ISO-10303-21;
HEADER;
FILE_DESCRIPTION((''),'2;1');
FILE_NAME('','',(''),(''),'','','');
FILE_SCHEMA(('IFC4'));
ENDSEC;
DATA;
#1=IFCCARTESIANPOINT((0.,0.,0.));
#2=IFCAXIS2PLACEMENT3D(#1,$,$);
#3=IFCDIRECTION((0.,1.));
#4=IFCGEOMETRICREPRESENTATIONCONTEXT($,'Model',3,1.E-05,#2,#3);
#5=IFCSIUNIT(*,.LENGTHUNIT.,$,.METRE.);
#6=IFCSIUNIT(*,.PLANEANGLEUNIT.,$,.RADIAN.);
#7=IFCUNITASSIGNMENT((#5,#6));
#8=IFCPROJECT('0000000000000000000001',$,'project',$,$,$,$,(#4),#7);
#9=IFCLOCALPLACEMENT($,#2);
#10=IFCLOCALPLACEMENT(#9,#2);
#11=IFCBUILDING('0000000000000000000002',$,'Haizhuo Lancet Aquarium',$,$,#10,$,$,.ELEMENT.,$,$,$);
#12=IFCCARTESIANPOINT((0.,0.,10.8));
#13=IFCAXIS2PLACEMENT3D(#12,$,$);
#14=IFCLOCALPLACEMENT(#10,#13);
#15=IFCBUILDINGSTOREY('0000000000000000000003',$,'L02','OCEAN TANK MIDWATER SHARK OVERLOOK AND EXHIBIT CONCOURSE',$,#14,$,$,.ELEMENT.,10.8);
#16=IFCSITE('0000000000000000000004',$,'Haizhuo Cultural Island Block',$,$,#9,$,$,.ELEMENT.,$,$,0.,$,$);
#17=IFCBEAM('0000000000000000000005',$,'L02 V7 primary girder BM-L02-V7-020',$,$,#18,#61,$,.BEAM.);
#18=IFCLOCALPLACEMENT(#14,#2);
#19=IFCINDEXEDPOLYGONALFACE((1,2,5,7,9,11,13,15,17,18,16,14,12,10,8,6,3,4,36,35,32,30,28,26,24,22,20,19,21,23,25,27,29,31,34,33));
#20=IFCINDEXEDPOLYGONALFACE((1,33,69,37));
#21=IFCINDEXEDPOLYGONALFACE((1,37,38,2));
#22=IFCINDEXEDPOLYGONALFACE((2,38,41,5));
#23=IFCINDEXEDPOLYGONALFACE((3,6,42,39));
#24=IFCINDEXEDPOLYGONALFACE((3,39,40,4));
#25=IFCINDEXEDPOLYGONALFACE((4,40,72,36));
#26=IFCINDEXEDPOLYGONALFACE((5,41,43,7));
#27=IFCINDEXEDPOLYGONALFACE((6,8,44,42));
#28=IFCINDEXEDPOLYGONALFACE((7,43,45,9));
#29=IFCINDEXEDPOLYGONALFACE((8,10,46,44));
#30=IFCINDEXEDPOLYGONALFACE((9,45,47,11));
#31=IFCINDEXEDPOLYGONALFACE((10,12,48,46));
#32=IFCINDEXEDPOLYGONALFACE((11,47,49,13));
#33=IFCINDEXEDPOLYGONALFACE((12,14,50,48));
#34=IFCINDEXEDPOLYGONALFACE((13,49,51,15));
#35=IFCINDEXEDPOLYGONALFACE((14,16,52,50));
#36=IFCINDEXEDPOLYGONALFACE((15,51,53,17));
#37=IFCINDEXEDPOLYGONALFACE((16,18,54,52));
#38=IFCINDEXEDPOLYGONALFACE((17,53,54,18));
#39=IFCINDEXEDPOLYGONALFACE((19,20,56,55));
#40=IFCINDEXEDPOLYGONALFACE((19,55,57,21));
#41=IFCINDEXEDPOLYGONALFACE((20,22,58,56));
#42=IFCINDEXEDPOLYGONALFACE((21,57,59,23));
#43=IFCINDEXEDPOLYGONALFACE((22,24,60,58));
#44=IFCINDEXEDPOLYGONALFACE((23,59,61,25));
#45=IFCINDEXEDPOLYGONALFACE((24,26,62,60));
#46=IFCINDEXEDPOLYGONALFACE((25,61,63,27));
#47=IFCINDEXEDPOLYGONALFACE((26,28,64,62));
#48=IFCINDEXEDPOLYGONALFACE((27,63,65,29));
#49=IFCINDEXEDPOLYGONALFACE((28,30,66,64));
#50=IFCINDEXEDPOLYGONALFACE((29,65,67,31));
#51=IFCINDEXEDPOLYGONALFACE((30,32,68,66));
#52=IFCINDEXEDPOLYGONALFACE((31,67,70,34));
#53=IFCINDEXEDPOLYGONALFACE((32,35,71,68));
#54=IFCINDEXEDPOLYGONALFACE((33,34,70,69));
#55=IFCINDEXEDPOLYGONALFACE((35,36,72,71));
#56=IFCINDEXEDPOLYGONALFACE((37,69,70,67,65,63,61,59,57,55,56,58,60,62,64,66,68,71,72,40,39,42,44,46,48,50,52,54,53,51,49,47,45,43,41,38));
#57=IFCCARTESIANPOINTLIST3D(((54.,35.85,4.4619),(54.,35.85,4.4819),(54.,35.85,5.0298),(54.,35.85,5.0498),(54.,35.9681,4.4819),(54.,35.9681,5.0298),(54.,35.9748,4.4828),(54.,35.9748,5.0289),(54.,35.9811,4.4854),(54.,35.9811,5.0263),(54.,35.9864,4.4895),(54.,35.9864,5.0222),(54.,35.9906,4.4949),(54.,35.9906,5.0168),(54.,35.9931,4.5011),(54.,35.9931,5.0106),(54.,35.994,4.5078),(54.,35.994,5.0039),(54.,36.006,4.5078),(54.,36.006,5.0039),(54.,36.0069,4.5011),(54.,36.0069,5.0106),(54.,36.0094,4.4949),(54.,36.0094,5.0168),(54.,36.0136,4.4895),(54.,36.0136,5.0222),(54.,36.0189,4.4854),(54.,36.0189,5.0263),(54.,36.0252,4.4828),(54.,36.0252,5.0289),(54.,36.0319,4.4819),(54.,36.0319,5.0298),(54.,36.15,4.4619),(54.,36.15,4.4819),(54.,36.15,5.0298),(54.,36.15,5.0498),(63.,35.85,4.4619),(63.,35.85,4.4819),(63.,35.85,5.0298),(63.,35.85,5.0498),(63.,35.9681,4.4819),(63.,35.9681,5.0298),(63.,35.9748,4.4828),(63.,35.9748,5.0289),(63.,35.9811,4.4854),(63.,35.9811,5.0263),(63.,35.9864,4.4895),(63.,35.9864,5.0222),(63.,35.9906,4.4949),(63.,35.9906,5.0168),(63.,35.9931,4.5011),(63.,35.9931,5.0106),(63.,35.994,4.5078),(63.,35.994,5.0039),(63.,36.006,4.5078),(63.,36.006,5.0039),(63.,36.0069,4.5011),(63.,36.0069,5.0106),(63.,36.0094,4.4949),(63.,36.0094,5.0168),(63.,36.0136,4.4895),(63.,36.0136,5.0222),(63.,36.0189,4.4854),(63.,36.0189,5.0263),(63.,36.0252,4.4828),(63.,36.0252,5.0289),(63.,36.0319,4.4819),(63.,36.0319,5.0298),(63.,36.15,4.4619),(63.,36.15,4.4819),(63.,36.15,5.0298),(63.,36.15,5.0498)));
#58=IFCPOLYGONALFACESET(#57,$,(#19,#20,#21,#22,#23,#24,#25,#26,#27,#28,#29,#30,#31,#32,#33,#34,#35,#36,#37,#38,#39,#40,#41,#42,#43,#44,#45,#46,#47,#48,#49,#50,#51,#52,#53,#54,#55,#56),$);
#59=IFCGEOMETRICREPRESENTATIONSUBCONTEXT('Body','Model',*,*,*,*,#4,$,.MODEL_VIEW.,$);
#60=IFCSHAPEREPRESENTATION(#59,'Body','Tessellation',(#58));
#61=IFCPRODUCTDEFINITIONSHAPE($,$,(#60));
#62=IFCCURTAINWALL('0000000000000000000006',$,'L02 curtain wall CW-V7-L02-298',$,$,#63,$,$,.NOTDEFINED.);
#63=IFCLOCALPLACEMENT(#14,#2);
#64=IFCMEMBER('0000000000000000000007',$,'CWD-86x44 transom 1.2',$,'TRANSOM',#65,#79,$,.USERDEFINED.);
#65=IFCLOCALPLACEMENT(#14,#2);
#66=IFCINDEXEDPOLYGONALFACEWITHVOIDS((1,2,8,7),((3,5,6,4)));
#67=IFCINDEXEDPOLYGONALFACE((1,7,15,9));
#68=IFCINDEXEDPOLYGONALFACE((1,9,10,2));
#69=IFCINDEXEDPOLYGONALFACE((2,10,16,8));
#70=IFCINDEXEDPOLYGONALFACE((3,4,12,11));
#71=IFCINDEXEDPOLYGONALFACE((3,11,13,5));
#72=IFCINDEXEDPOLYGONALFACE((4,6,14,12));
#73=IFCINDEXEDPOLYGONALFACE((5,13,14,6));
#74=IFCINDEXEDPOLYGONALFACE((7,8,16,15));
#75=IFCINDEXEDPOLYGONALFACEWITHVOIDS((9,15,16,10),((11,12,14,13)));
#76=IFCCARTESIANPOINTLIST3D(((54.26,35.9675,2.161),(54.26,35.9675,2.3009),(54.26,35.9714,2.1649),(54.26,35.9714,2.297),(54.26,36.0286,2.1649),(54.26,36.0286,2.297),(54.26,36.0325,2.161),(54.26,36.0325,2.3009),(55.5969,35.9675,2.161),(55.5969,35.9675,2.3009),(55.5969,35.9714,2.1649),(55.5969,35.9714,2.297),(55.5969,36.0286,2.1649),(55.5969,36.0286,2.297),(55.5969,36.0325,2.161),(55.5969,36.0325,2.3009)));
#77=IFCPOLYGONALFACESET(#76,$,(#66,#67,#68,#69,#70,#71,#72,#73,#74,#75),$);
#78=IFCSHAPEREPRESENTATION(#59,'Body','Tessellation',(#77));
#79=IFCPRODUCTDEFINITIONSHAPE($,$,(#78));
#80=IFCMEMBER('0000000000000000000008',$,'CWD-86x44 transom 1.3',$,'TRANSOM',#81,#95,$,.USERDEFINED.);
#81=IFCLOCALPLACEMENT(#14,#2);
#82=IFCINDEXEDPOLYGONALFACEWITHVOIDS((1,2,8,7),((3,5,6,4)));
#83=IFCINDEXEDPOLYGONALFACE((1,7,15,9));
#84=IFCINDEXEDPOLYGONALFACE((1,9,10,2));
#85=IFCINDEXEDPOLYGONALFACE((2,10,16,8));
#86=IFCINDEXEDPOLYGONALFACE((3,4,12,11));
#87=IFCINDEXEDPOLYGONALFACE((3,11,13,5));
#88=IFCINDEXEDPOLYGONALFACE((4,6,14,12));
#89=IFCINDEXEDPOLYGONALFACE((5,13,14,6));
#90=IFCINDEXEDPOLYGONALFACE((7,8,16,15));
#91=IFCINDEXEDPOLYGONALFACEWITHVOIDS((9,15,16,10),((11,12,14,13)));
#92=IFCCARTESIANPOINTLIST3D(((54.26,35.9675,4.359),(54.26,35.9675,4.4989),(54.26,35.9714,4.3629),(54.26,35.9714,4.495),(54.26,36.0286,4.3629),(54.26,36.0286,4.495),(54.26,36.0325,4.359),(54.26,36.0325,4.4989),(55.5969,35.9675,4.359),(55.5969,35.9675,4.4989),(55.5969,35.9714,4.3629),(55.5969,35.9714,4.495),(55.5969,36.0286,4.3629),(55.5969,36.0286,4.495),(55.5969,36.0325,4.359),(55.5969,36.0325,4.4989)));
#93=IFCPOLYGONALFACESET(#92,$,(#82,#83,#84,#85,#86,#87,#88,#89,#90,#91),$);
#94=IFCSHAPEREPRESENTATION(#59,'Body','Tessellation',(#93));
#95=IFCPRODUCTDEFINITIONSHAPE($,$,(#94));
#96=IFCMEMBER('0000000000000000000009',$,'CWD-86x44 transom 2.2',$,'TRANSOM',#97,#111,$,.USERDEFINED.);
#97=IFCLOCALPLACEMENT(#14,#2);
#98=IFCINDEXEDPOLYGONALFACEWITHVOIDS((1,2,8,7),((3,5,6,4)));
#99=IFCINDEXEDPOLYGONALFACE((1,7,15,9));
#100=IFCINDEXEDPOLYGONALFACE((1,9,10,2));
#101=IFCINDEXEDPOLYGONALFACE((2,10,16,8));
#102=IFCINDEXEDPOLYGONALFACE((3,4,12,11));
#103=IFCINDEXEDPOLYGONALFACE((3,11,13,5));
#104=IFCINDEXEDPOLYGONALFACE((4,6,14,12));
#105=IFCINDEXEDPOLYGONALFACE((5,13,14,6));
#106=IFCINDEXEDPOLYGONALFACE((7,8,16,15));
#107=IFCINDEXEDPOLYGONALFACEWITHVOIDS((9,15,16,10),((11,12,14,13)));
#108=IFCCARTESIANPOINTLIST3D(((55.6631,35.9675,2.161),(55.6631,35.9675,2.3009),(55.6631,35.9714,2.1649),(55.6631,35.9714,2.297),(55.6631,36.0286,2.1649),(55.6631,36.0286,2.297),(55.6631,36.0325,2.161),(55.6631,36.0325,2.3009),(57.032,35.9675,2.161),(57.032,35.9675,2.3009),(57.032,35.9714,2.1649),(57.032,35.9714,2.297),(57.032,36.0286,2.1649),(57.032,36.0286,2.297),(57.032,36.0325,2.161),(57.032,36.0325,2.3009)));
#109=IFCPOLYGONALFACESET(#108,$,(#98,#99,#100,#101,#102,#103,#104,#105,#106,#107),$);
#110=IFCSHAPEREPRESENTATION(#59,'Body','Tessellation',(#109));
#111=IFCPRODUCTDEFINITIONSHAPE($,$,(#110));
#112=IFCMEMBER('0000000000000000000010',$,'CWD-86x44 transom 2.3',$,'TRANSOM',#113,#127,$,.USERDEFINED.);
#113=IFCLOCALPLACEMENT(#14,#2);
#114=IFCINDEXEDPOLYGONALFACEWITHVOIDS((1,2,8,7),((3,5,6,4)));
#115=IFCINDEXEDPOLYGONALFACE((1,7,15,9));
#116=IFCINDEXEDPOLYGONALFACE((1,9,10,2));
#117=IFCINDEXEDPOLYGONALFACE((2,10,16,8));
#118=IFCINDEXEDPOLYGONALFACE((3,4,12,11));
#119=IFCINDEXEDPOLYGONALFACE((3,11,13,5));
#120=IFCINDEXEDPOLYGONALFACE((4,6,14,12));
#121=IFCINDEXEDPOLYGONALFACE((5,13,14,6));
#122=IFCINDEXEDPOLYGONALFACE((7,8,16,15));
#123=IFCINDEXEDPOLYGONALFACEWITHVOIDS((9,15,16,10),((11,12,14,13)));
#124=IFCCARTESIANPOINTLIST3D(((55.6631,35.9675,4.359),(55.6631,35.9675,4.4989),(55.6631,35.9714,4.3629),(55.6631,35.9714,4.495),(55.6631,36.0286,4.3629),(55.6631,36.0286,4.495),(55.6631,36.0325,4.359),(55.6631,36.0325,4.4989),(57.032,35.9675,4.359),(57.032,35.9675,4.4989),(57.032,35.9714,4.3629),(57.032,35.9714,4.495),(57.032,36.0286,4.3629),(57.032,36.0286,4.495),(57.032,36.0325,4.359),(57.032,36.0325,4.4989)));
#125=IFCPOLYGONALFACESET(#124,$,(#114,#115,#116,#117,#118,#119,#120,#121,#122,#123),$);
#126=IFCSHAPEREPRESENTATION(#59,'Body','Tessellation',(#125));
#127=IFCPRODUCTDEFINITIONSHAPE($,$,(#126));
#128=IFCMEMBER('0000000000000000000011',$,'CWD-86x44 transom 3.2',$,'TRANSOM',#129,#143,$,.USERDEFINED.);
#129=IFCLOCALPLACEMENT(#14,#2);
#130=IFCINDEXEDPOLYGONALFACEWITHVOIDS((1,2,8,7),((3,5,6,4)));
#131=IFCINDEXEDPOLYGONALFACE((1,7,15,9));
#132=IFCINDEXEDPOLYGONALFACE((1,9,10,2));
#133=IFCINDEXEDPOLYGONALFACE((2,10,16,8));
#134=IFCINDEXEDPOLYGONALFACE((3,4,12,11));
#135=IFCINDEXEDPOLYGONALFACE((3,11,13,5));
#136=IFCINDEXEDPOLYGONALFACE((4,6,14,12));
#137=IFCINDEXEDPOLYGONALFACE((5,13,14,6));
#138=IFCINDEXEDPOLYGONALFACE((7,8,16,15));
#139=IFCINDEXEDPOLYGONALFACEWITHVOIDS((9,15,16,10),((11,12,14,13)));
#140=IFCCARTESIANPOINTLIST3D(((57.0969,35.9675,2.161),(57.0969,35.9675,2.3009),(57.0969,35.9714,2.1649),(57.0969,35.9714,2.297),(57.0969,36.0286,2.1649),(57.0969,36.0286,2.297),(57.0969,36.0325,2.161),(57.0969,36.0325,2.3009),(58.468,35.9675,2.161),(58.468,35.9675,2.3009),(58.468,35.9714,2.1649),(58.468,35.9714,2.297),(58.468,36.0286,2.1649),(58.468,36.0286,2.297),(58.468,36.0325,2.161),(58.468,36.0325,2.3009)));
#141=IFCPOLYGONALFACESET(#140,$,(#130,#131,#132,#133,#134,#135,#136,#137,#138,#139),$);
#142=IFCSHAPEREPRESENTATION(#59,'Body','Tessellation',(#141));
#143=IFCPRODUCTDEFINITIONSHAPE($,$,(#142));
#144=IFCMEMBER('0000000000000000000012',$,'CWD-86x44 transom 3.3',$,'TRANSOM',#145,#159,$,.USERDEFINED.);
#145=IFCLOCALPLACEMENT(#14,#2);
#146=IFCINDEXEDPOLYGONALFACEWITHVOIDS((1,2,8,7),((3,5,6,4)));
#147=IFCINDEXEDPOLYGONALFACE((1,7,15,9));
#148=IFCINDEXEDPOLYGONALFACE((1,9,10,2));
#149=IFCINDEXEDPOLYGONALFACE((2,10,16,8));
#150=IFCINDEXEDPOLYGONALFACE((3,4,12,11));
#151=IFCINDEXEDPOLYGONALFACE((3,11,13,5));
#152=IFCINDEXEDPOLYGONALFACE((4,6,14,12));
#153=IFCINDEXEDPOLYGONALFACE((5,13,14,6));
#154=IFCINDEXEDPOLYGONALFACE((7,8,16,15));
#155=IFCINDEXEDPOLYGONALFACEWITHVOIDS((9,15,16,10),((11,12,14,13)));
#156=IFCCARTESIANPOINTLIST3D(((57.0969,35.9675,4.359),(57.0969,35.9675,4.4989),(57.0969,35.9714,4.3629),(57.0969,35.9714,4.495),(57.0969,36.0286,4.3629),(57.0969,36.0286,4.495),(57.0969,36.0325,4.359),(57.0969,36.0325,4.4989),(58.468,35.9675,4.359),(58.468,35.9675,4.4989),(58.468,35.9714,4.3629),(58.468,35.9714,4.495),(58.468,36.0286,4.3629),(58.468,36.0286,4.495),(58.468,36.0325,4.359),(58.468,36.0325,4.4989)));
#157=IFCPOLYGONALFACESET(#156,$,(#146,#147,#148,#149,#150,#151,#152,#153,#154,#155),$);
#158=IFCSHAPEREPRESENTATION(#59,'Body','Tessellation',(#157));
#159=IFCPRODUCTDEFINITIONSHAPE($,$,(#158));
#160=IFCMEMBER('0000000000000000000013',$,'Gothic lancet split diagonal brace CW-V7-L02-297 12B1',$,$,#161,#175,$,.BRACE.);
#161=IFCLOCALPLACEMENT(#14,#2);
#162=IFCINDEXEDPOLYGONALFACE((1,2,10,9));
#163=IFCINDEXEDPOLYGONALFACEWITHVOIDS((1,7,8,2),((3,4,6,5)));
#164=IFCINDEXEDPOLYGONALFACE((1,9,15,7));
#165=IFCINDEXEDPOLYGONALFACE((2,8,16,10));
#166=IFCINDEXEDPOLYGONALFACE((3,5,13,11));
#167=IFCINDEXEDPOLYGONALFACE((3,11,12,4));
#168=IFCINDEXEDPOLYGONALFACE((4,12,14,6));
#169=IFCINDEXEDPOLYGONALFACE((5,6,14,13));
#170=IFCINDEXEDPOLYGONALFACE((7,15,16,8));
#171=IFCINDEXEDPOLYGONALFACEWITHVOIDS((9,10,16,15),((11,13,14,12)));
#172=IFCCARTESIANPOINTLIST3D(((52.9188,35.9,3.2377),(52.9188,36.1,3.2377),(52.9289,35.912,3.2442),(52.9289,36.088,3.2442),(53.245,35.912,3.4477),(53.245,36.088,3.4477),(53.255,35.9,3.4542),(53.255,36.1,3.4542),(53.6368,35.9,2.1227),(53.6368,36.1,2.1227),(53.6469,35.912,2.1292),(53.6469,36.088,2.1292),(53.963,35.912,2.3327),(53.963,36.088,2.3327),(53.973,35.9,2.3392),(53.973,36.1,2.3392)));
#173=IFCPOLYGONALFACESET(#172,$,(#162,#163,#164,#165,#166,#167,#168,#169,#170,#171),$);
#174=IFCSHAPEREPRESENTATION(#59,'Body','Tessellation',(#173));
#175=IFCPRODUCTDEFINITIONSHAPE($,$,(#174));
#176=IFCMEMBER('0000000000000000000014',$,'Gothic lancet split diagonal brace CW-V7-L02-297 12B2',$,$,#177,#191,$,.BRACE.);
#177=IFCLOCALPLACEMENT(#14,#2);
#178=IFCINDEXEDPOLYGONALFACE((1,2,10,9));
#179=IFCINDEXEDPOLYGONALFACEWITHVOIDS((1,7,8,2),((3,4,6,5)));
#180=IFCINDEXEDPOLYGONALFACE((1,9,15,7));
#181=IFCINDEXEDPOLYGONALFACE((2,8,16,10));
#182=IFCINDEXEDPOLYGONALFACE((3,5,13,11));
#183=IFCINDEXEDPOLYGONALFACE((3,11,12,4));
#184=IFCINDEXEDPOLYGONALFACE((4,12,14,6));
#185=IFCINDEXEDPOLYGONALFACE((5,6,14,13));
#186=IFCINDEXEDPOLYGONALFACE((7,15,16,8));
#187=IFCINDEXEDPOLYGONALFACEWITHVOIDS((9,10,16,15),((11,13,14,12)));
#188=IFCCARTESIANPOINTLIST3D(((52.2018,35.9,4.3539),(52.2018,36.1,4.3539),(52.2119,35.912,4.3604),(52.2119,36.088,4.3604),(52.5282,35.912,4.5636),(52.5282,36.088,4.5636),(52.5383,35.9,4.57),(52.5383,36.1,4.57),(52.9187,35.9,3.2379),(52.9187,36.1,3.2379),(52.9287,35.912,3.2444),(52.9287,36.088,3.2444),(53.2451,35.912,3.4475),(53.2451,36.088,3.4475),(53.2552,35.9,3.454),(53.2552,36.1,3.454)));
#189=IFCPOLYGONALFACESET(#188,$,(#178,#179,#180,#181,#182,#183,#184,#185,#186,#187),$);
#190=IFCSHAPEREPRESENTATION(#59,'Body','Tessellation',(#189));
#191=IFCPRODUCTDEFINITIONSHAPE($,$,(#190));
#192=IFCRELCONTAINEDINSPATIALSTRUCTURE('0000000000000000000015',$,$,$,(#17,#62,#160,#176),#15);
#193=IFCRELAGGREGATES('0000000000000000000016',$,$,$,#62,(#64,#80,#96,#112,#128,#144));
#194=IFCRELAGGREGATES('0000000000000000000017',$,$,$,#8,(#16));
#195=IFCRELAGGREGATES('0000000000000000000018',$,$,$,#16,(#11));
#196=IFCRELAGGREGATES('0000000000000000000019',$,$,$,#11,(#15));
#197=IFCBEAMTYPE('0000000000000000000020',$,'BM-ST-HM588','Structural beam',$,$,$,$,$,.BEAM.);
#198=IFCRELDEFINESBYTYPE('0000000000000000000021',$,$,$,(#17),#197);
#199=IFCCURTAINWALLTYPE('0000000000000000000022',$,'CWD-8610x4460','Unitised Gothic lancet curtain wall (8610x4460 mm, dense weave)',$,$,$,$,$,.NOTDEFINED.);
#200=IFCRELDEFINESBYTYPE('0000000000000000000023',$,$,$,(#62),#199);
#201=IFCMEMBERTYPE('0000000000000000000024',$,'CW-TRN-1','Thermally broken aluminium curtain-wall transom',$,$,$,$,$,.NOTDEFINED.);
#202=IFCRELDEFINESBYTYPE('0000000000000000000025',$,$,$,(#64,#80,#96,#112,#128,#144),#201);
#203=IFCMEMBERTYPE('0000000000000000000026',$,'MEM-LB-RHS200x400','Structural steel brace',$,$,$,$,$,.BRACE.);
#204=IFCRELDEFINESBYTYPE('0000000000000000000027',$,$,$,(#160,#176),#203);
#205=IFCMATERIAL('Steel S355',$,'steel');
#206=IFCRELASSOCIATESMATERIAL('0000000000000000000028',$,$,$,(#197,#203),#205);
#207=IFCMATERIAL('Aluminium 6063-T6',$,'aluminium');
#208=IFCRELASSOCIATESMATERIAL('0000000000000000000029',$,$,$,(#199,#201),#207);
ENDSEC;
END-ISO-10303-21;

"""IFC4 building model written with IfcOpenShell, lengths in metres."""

from ifc_helpers import new_model, si_unit, direction, frame, origin, origin_2d, place, context, subcontext, project, spatial, hollow_rectangle, i_section, extrude, material, material_profile, profile_set, type_object, element, aggregate, save


model = new_model("IFC4")

# Units and contexts
model_context = context("Model", 3, precision=1e-05, world=origin(), true_north=direction((0.0, 1.0)))
body_context = subcontext(model_context, "Body", "Model", "MODEL_VIEW")
ifc_project = project(units=[si_unit("LENGTHUNIT", "METRE"), si_unit("PLANEANGLEUNIT", "RADIAN")], contexts=[model_context])

# Site, building, storey
site_placement = place(None, origin())
site = spatial("IfcSite", under=ifc_project, at=site_placement, Name="Haizhuo Cultural Island Block", CompositionType="ELEMENT", RefElevation=0.0)
building_placement = place(site_placement, origin())
building = spatial("IfcBuilding", under=site, at=building_placement, Name="Haizhuo Lancet Aquarium", CompositionType="ELEMENT")
storey_placement = place(building_placement, frame((0.0, 0.0, 10.8)))
storey = spatial("IfcBuildingStorey", under=building, at=storey_placement, Name="L02", Description="OCEAN TANK MIDWATER SHARK OVERLOOK AND EXHIBIT CONCOURSE", CompositionType="ELEMENT", Elevation=10.8)

# Beam
ifc_material_1 = material(Name="Steel S355", Category="steel")
ifc_material_profile_1 = material_profile(ifc_material_1, i_section(OverallWidth=0.3, OverallDepth=0.5879, WebThickness=0.012, FlangeThickness=0.02, FilletRadius=0.0259, at=origin_2d()), Name="HM 588x300x12x20")
ifc_profile_set_1 = profile_set([ifc_material_profile_1], Name="Steel S355")
beam_type = type_object("IfcBeamType", Name="BM-ST-HM588", Description="Structural beam", PredefinedType="BEAM", material=ifc_profile_set_1)
beam_placement = place(storey_placement, frame((54.0, 36.0, 4.7559), z_axis=(1.0, 0.0, 0.0), x_axis=(0.0, 1.0, 0.0)))
element("IfcBeam", 1, at=beam_placement, inside=storey, type_object=beam_type, Name="L02 V7 primary girder BM-L02-V7-020", PredefinedType="BEAM", context=body_context, shape_type="SweptSolid", body=[
    extrude(i_section(OverallWidth=0.3, OverallDepth=0.5879, WebThickness=0.012, FlangeThickness=0.02, FilletRadius=0.0259, at=origin_2d()), origin(), (0.0, 0.0, 1.0), 9.0),
])

# Curtain wall, members
ifc_material_2 = material(Name="Aluminium 6063-T6", Category="aluminium")
curtain_wall_type = type_object("IfcCurtainWallType", Name="CWD-8610x4460", Description="Unitised Gothic lancet curtain wall (8610x4460 mm, dense weave)", PredefinedType="NOTDEFINED", material=ifc_material_2)
curtain_wall_1_placement = place(storey_placement, origin())
curtain_wall_1 = element("IfcCurtainWall", 2, at=curtain_wall_1_placement, inside=storey, type_object=curtain_wall_type, Name="L02 curtain wall CW-V7-L02-298", PredefinedType="NOTDEFINED")
ifc_material_profile_2 = material_profile(ifc_material_2, hollow_rectangle(XDim=0.0649, YDim=0.1399, WallThickness=0.0039, at=origin_2d()), Name="ALU-T 65x140x4")
ifc_profile_set_2 = profile_set([ifc_material_profile_2], Name="Aluminium 6063-T6")
member_type_1 = type_object("IfcMemberType", Name="CW-TRN-1", Description="Thermally broken aluminium curtain-wall transom", PredefinedType="NOTDEFINED", material=ifc_profile_set_2)
member_1_placement = place(storey_placement, frame((54.26, 36.0, 2.231), z_axis=(1.0, 0.0, 0.0), x_axis=(0.0, 1.0, 0.0)))
member_1 = element("IfcMember", 3, at=member_1_placement, type_object=member_type_1, Name="CWD-86x44 transom 1.2", ObjectType="TRANSOM", PredefinedType="USERDEFINED", context=body_context, shape_type="SweptSolid", body=[
    extrude(hollow_rectangle(XDim=0.0649, YDim=0.1399, WallThickness=0.0039, at=origin_2d()), origin(), (0.0, 0.0, 1.0), 1.3369),
])
member_2_placement = place(storey_placement, frame((54.26, 36.0, 4.429), z_axis=(1.0, 0.0, 0.0), x_axis=(0.0, 1.0, 0.0)))
member_2 = element("IfcMember", 4, at=member_2_placement, type_object=member_type_1, Name="CWD-86x44 transom 1.3", ObjectType="TRANSOM", PredefinedType="USERDEFINED", context=body_context, shape_type="SweptSolid", body=[
    extrude(hollow_rectangle(XDim=0.0649, YDim=0.1399, WallThickness=0.0039, at=origin_2d()), origin(), (0.0, 0.0, 1.0), 1.3369),
])
member_3_placement = place(storey_placement, frame((55.6631, 36.0, 2.231), z_axis=(1.0, 0.0, 0.0), x_axis=(0.0, 1.0, 0.0)))
member_3 = element("IfcMember", 5, at=member_3_placement, type_object=member_type_1, Name="CWD-86x44 transom 2.2", ObjectType="TRANSOM", PredefinedType="USERDEFINED", context=body_context, shape_type="SweptSolid", body=[
    extrude(hollow_rectangle(XDim=0.0649, YDim=0.1399, WallThickness=0.0039, at=origin_2d()), origin(), (0.0, 0.0, 1.0), 1.3689),
])
member_4_placement = place(storey_placement, frame((55.6631, 36.0, 4.429), z_axis=(1.0, 0.0, 0.0), x_axis=(0.0, 1.0, 0.0)))
member_4 = element("IfcMember", 6, at=member_4_placement, type_object=member_type_1, Name="CWD-86x44 transom 2.3", ObjectType="TRANSOM", PredefinedType="USERDEFINED", context=body_context, shape_type="SweptSolid", body=[
    extrude(hollow_rectangle(XDim=0.0649, YDim=0.1399, WallThickness=0.0039, at=origin_2d()), origin(), (0.0, 0.0, 1.0), 1.3689),
])
member_5_placement = place(storey_placement, frame((57.0969, 36.0, 2.231), z_axis=(1.0, 0.0, 0.0), x_axis=(0.0, 1.0, 0.0)))
member_5 = element("IfcMember", 7, at=member_5_placement, type_object=member_type_1, Name="CWD-86x44 transom 3.2", ObjectType="TRANSOM", PredefinedType="USERDEFINED", context=body_context, shape_type="SweptSolid", body=[
    extrude(hollow_rectangle(XDim=0.0649, YDim=0.1399, WallThickness=0.0039, at=origin_2d()), origin(), (0.0, 0.0, 1.0), 1.3711),
])
member_6_placement = place(storey_placement, frame((57.0969, 36.0, 4.429), z_axis=(1.0, 0.0, 0.0), x_axis=(0.0, 1.0, 0.0)))
member_6 = element("IfcMember", 8, at=member_6_placement, type_object=member_type_1, Name="CWD-86x44 transom 3.3", ObjectType="TRANSOM", PredefinedType="USERDEFINED", context=body_context, shape_type="SweptSolid", body=[
    extrude(hollow_rectangle(XDim=0.0649, YDim=0.1399, WallThickness=0.0039, at=origin_2d()), origin(), (0.0, 0.0, 1.0), 1.3711),
])

# Members
ifc_material_profile_3 = material_profile(ifc_material_1, hollow_rectangle(XDim=0.2, YDim=0.3999, WallThickness=0.012, at=origin_2d()), Name="RHS 200x400x12")
ifc_profile_set_3 = profile_set([ifc_material_profile_3], Name="Steel S355")
member_type_2 = type_object("IfcMemberType", Name="MEM-LB-RHS200x400", Description="Structural steel brace", PredefinedType="BRACE", material=ifc_profile_set_3)
member_7_placement = place(storey_placement, frame((53.8049, 36.0, 2.231), z_axis=(-0.541418, 0.0, 0.840754), x_axis=(0.0, -1.0, 0.0)))
element("IfcMember", 9, at=member_7_placement, inside=storey, type_object=member_type_2, Name="Gothic lancet split diagonal brace CW-V7-L02-297 12B1", PredefinedType="BRACE", context=body_context, shape_type="SweptSolid", body=[
    extrude(hollow_rectangle(XDim=0.2, YDim=0.3999, WallThickness=0.012, at=origin_2d()), origin(), (0.0, 0.0, 1.0), 1.3262),
])
member_8_placement = place(storey_placement, frame((53.0869, 36.0, 3.3459), z_axis=(-0.540432, 0.0, 0.841388), x_axis=(0.0, -1.0, 0.0)))
element("IfcMember", 10, at=member_8_placement, inside=storey, type_object=member_type_2, Name="Gothic lancet split diagonal brace CW-V7-L02-297 12B2", PredefinedType="BRACE", context=body_context, shape_type="SweptSolid", body=[
    extrude(hollow_rectangle(XDim=0.2, YDim=0.3999, WallThickness=0.012, at=origin_2d()), origin(), (0.0, 0.0, 1.0), 1.3264),
])

aggregate(curtain_wall_1, [member_1, member_2, member_3, member_4, member_5, member_6])

save(model, "model.ifc")
